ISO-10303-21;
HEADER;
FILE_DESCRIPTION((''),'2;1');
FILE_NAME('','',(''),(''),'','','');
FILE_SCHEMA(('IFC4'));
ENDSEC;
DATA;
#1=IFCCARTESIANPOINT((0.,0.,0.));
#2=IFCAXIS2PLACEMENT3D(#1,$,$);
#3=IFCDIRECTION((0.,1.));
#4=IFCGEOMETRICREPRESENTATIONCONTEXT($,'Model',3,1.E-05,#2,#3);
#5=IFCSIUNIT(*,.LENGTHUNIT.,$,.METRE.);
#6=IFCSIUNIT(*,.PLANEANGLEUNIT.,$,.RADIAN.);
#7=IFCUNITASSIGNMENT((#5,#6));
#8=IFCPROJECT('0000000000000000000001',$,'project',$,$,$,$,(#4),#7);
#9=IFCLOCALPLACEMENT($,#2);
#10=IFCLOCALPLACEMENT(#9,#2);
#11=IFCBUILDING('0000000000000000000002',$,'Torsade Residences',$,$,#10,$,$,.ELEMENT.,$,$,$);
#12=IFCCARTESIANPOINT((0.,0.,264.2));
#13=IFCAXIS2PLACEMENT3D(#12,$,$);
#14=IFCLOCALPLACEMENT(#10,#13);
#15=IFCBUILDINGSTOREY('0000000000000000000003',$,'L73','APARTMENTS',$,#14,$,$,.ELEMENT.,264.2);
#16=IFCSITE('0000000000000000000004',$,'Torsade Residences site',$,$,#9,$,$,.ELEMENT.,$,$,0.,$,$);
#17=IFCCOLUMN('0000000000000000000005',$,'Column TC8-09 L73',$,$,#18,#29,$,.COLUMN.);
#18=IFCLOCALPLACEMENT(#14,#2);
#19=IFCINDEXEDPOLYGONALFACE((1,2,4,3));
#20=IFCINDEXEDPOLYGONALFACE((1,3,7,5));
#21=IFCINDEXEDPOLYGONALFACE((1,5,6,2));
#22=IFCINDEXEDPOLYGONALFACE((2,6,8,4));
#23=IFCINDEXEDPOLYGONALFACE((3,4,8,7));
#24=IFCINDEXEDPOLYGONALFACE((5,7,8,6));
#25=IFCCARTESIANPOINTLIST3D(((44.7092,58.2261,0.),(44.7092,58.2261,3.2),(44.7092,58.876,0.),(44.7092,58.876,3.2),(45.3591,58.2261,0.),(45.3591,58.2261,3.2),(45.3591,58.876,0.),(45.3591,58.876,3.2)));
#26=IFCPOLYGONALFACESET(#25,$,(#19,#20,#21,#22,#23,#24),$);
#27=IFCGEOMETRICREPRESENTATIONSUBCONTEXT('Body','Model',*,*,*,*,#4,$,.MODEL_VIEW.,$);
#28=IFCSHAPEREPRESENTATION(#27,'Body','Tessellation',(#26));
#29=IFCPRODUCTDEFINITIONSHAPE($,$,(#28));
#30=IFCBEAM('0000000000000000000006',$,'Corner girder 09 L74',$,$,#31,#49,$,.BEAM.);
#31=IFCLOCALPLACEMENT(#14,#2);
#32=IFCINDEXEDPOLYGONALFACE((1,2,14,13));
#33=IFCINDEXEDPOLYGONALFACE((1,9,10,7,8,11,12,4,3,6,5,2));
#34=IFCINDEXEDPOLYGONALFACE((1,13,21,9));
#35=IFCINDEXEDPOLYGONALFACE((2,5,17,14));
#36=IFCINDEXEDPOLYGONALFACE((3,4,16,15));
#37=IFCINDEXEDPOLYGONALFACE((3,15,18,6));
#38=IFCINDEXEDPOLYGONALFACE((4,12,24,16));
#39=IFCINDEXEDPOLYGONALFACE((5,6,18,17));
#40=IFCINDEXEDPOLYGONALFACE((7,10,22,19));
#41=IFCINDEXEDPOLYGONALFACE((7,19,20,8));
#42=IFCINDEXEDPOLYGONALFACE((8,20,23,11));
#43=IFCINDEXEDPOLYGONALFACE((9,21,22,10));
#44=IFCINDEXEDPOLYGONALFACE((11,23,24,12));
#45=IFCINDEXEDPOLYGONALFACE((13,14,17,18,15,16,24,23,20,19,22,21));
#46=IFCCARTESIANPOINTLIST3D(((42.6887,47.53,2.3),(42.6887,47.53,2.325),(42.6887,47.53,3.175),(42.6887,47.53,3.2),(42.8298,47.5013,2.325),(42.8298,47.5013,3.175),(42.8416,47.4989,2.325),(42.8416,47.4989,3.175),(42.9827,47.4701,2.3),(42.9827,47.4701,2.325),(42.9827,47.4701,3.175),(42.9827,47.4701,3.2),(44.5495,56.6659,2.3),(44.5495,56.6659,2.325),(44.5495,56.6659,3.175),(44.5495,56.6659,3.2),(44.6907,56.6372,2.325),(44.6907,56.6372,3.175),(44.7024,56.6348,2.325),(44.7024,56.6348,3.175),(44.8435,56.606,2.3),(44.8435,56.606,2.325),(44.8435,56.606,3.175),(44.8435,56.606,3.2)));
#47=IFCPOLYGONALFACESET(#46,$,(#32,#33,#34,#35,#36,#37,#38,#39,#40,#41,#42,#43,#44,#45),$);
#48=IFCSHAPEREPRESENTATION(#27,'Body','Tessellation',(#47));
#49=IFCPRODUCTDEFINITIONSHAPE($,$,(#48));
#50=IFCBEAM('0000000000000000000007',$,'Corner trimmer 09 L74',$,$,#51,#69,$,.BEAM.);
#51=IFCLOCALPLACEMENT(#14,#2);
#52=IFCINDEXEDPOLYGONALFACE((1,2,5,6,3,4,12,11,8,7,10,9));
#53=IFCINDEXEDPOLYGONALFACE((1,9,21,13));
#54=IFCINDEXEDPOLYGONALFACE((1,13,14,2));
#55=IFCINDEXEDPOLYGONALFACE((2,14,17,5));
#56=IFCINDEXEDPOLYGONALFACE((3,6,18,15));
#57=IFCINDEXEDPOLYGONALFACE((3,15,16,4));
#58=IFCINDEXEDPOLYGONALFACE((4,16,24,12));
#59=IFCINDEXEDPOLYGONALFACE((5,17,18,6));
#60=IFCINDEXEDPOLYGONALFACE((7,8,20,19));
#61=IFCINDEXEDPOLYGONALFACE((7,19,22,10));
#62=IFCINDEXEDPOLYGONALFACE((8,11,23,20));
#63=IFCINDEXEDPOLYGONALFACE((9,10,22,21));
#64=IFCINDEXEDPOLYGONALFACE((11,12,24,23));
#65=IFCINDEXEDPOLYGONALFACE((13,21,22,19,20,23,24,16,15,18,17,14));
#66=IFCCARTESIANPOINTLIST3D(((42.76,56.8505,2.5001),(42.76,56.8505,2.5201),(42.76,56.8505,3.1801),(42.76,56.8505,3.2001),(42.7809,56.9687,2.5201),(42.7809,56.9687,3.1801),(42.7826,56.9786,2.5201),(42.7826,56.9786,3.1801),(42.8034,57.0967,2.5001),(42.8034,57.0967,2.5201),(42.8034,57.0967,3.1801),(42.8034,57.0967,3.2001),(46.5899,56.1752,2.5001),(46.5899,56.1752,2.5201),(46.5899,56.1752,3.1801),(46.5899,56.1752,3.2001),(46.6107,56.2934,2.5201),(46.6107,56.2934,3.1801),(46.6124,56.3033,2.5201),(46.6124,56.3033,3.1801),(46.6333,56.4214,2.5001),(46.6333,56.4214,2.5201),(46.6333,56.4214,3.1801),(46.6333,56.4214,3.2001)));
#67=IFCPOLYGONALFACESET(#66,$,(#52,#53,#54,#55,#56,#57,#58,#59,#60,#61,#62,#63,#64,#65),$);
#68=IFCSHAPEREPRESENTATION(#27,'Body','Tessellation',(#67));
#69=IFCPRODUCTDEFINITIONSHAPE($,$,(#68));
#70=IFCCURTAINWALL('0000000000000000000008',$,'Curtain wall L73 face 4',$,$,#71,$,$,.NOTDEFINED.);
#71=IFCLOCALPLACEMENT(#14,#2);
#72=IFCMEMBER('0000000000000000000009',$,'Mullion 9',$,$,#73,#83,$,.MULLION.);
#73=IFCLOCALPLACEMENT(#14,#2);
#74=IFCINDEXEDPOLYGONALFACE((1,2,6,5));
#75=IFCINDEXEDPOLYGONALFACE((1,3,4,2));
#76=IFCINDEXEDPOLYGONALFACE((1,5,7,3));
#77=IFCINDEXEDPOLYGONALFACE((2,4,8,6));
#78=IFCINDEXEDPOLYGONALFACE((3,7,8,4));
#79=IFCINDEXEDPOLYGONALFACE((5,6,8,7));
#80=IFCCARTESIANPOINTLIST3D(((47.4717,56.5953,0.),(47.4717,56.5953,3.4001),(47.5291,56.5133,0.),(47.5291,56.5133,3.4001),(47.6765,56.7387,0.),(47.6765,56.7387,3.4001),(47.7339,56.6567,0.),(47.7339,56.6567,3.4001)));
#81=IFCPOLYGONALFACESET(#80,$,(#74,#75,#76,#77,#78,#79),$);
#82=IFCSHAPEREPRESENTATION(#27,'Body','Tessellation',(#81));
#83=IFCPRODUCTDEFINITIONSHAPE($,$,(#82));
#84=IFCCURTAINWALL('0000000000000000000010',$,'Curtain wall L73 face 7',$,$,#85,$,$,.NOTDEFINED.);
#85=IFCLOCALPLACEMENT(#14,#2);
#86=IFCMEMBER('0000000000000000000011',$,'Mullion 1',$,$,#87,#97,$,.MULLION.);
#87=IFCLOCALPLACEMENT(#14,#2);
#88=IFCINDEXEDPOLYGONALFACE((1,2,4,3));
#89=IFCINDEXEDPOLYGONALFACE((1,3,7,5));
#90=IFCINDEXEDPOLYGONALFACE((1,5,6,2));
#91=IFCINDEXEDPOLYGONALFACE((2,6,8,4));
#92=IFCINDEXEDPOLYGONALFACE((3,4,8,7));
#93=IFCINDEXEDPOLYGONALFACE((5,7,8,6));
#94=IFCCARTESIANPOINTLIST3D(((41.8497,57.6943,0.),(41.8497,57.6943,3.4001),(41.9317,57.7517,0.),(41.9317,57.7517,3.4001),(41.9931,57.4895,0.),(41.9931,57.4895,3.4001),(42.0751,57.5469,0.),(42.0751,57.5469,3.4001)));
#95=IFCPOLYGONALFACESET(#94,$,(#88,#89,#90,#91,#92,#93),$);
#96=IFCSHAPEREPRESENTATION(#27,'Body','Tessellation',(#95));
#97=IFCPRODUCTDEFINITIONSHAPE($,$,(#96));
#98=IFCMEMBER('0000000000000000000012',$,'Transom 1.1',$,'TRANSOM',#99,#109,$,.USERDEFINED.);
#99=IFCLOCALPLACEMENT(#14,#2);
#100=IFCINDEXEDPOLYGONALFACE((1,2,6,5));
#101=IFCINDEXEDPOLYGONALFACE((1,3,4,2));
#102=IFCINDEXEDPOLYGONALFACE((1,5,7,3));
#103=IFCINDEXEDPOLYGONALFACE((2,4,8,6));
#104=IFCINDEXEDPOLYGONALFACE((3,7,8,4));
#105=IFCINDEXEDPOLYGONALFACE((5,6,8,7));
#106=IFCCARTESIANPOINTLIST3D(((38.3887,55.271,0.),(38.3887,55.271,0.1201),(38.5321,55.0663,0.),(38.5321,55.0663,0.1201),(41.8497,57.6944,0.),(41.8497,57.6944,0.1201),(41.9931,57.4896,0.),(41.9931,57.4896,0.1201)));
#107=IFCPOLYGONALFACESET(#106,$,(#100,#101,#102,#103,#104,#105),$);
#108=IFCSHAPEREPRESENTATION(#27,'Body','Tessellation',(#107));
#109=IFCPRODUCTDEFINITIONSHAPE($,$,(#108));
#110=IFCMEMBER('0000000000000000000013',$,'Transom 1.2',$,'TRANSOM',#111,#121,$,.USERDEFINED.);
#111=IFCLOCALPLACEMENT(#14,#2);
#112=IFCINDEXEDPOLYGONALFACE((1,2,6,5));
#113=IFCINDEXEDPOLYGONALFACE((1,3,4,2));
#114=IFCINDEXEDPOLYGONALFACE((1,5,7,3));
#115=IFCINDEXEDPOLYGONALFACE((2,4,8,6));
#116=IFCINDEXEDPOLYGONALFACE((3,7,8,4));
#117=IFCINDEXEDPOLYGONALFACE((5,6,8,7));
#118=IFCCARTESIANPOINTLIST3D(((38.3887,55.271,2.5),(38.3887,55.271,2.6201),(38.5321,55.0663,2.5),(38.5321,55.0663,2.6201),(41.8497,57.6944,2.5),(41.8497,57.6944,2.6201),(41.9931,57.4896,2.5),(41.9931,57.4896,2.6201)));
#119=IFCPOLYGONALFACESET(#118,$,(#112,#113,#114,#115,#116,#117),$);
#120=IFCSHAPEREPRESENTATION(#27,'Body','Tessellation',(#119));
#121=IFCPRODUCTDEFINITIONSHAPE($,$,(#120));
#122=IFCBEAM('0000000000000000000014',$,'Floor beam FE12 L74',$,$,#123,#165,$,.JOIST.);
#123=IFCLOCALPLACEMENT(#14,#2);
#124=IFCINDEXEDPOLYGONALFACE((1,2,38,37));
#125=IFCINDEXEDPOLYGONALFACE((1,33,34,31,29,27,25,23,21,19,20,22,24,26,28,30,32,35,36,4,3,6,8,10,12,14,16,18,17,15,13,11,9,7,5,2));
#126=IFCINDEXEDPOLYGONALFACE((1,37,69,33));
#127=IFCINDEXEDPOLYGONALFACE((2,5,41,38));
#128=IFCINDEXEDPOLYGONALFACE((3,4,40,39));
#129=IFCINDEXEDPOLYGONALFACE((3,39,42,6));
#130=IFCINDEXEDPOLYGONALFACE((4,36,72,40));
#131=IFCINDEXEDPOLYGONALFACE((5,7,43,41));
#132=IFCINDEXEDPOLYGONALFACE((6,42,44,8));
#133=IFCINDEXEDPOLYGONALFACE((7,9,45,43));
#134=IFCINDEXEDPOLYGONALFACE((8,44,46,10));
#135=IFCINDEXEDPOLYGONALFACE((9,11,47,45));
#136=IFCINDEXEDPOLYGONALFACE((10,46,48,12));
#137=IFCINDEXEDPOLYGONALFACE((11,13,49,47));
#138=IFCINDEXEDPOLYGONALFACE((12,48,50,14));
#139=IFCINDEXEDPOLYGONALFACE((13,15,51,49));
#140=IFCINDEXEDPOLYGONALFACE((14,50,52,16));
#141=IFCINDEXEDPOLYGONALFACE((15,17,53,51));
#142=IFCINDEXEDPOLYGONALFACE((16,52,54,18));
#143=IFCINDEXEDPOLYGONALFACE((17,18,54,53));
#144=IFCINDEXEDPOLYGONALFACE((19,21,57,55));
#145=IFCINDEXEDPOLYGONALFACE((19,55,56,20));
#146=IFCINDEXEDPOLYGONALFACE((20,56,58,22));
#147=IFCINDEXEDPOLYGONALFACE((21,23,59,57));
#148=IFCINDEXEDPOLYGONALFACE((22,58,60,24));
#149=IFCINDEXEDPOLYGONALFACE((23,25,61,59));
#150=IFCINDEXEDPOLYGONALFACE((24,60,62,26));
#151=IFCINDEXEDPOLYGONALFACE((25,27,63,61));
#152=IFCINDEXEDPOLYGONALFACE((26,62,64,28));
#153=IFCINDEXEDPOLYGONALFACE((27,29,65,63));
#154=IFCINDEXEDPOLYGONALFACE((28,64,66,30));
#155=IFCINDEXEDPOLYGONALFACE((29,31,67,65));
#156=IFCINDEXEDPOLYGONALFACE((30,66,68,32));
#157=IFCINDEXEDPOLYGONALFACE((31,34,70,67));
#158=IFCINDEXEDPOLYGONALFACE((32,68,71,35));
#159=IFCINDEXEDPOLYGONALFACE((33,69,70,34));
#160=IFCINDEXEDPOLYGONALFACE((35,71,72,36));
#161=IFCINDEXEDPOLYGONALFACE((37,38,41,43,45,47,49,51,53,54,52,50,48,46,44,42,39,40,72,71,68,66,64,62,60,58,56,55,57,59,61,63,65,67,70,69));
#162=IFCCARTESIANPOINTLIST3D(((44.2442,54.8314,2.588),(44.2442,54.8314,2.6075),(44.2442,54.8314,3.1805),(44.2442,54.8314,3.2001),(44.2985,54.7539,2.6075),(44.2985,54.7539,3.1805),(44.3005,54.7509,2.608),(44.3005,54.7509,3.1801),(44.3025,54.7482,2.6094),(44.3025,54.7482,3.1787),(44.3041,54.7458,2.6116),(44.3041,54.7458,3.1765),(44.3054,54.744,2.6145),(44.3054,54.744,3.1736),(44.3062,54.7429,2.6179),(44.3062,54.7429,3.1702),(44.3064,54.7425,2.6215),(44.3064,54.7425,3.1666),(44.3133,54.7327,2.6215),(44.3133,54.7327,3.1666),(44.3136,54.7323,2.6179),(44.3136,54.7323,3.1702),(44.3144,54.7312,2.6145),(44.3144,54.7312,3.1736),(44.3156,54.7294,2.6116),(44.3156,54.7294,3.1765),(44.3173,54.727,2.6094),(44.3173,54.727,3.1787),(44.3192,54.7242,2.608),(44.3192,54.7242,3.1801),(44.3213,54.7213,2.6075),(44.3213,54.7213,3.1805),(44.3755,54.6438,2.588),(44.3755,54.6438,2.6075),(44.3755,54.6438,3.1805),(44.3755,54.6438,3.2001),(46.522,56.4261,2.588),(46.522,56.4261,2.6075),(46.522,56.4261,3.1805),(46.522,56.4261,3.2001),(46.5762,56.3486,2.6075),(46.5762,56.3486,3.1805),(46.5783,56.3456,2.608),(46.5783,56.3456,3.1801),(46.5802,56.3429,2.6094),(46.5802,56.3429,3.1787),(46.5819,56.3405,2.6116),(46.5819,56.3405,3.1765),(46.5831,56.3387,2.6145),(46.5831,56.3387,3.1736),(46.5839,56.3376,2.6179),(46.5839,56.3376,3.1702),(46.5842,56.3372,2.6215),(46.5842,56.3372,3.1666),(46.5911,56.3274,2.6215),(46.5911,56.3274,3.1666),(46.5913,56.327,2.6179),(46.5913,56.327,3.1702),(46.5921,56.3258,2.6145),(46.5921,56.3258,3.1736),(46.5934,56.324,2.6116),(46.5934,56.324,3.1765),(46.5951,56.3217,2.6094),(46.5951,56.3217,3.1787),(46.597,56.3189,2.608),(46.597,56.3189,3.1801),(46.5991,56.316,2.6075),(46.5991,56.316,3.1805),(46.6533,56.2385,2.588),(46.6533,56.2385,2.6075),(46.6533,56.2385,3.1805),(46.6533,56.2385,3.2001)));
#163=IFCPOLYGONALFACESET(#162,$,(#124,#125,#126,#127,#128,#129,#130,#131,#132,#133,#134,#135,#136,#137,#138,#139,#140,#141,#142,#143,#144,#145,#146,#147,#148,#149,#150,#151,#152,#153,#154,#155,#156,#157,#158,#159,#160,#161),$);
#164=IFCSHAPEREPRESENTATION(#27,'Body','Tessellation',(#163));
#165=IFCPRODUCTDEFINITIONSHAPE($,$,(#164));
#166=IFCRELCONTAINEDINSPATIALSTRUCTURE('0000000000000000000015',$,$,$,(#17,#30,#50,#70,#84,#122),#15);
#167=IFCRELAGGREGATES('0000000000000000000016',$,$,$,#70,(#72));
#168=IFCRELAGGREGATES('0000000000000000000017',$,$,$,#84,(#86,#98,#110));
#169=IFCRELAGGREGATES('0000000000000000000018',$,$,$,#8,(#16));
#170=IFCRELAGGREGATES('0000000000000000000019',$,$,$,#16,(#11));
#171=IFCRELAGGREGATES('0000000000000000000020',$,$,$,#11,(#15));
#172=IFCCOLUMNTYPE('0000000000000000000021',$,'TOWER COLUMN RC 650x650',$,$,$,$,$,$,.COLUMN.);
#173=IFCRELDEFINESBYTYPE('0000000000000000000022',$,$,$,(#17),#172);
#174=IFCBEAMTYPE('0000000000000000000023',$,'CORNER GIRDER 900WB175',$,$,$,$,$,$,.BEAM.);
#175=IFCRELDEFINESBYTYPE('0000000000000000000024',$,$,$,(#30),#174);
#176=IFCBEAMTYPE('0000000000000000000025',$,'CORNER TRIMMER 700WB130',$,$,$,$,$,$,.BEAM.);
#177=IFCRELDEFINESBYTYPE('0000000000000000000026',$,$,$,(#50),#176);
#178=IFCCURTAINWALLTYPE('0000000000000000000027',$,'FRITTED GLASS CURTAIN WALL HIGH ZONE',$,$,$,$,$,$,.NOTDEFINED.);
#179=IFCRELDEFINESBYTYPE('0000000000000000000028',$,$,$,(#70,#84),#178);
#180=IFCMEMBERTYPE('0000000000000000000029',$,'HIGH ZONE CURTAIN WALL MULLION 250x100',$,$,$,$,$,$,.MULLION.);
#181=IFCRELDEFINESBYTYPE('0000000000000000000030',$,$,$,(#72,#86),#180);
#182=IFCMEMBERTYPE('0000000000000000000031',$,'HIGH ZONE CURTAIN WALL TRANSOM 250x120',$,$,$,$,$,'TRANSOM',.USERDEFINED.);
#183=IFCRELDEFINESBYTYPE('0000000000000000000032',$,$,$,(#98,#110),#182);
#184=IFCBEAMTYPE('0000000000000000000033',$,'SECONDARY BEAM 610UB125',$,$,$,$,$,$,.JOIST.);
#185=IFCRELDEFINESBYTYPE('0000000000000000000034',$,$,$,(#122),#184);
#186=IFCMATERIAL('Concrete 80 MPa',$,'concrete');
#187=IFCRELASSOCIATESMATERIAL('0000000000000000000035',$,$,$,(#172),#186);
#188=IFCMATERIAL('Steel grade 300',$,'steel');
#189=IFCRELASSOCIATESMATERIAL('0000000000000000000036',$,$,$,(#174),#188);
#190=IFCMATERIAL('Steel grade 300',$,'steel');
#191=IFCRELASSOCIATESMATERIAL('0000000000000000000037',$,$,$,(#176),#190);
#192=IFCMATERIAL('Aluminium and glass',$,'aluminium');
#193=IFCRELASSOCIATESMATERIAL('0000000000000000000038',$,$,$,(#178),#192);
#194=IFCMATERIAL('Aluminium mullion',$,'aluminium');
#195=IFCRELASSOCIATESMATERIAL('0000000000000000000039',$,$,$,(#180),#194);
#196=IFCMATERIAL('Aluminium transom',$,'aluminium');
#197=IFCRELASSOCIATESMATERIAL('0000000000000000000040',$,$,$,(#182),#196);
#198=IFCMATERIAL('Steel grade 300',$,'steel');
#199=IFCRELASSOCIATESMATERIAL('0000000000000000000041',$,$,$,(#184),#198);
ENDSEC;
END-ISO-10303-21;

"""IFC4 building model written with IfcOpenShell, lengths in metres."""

from ifc_helpers import new_model, si_unit, direction, frame, origin, origin_2d, place, context, subcontext, project, spatial, rectangle, i_section, extrude, material, material_profile, profile_set, type_object, element, aggregate, save


model = new_model("IFC4")

# Units and contexts
model_context = context("Model", 3, precision=1e-05, world=origin(), true_north=direction((0.0, 1.0)))
body_context = subcontext(model_context, "Body", "Model", "MODEL_VIEW")
ifc_project = project(units=[si_unit("LENGTHUNIT", "METRE"), si_unit("PLANEANGLEUNIT", "RADIAN")], contexts=[model_context])

# Site, building, storey
site_placement = place(None, origin())
site = spatial("IfcSite", under=ifc_project, at=site_placement, Name="Torsade Residences site", CompositionType="ELEMENT", RefElevation=0.0)
building_placement = place(site_placement, origin())
building = spatial("IfcBuilding", under=site, at=building_placement, Name="Torsade Residences", CompositionType="ELEMENT")
storey_placement = place(building_placement, frame((0.0, 0.0, 264.2)))
storey = spatial("IfcBuildingStorey", under=building, at=storey_placement, Name="L73", Description="APARTMENTS", CompositionType="ELEMENT", Elevation=264.2)

# Column
ifc_material_1 = material(Name="Concrete 80 MPa", Category="concrete")
ifc_material_profile_1 = material_profile(ifc_material_1, rectangle(XDim=0.6499, YDim=0.6499, at=origin_2d()), Name="RC 650x650")
ifc_profile_set_1 = profile_set([ifc_material_profile_1], Name="Concrete 80 MPa")
column_type = type_object("IfcColumnType", Name="TOWER COLUMN RC 650x650", PredefinedType="COLUMN", material=ifc_profile_set_1)
column_placement = place(storey_placement, frame((45.0342, 58.551, 0.0), z_axis=(0.0, 0.0, 1.0), x_axis=(1.0, 0.0, 0.0)))
element("IfcColumn", 1, at=column_placement, inside=storey, type_object=column_type, Name="Column TC8-09 L73", PredefinedType="COLUMN", context=body_context, shape_type="SweptSolid", body=[
    extrude(rectangle(XDim=0.6499, YDim=0.6499, at=origin_2d()), origin(), (0.0, 0.0, 1.0), 3.2),
])

# Beams
ifc_material_2 = material(Name="Steel grade 300", Category="steel")
ifc_material_profile_2 = material_profile(ifc_material_2, i_section(OverallWidth=0.3, OverallDepth=0.8999, WebThickness=0.012, FlangeThickness=0.0249, at=origin_2d()), Name="900WB175")
ifc_profile_set_2 = profile_set([ifc_material_profile_2], Name="Steel grade 300")
beam_type_1 = type_object("IfcBeamType", Name="CORNER GIRDER 900WB175", PredefinedType="BEAM", material=ifc_profile_set_2)
beam_1_placement = place(storey_placement, frame((44.6965, 56.636, 2.75), z_axis=(-0.199584, -0.979881, 0.0), x_axis=(0.979881, -0.199584, 0.0)))
element("IfcBeam", 2, at=beam_1_placement, inside=storey, type_object=beam_type_1, Name="Corner girder 09 L74", PredefinedType="BEAM", context=body_context, shape_type="SweptSolid", body=[
    extrude(i_section(OverallWidth=0.3, OverallDepth=0.8999, WebThickness=0.012, FlangeThickness=0.0249, at=origin_2d()), origin(), (0.0, 0.0, 1.0), 9.3235),
])
ifc_material_3 = material(Name="Steel grade 300", Category="steel")
ifc_material_profile_3 = material_profile(ifc_material_3, i_section(OverallWidth=0.25, OverallDepth=0.7, WebThickness=0.01, FlangeThickness=0.02, at=origin_2d()), Name="700WB130")
ifc_profile_set_3 = profile_set([ifc_material_profile_3], Name="Steel grade 300")
beam_type_2 = type_object("IfcBeamType", Name="CORNER TRIMMER 700WB130", PredefinedType="BEAM", material=ifc_profile_set_3)
beam_2_placement = place(storey_placement, frame((42.7817, 56.9736, 2.8501), z_axis=(0.984808, -0.173646, 0.0), x_axis=(0.173646, 0.984808, 0.0)))
element("IfcBeam", 3, at=beam_2_placement, inside=storey, type_object=beam_type_2, Name="Corner trimmer 09 L74", PredefinedType="BEAM", context=body_context, shape_type="SweptSolid", body=[
    extrude(i_section(OverallWidth=0.25, OverallDepth=0.7, WebThickness=0.01, FlangeThickness=0.02, at=origin_2d()), origin(), (0.0, 0.0, 1.0), 3.8889),
])

# Curtain wall, member
ifc_material_4 = material(Name="Aluminium and glass", Category="aluminium")
curtain_wall_type = type_object("IfcCurtainWallType", Name="FRITTED GLASS CURTAIN WALL HIGH ZONE", PredefinedType="NOTDEFINED", material=ifc_material_4)
curtain_wall_1_placement = place(storey_placement, origin())
curtain_wall_1 = element("IfcCurtainWall", 4, at=curtain_wall_1_placement, inside=storey, type_object=curtain_wall_type, Name="Curtain wall L73 face 4", PredefinedType="NOTDEFINED")
ifc_material_5 = material(Name="Aluminium mullion", Category="aluminium")
ifc_material_profile_4 = material_profile(ifc_material_5, rectangle(XDim=0.25, YDim=0.1001, at=origin_2d()), Name="HIGH ZONE CURTAIN WALL MULLION 250x100")
ifc_profile_set_4 = profile_set([ifc_material_profile_4], Name="Aluminium mullion")
member_type_1 = type_object("IfcMemberType", Name="HIGH ZONE CURTAIN WALL MULLION 250x100", PredefinedType="MULLION", material=ifc_profile_set_4)
member_1_placement = place(storey_placement, frame((47.6028, 56.626, 0.0), z_axis=(0.0, 0.0, 1.0), x_axis=(-0.819152, -0.573576, 0.0)))
member_1 = element("IfcMember", 5, at=member_1_placement, type_object=member_type_1, Name="Mullion 9", PredefinedType="MULLION", context=body_context, shape_type="SweptSolid", body=[
    extrude(rectangle(XDim=0.25, YDim=0.1001, at=origin_2d()), origin(), (0.0, 0.0, 1.0), 3.4001),
])
aggregate(curtain_wall_1, [member_1])

# Curtain wall, members
curtain_wall_2_placement = place(storey_placement, origin())
curtain_wall_2 = element("IfcCurtainWall", 6, at=curtain_wall_2_placement, inside=storey, type_object=curtain_wall_type, Name="Curtain wall L73 face 7", PredefinedType="NOTDEFINED")
member_2_placement = place(storey_placement, frame((41.9624, 57.6206, 0.0), z_axis=(0.0, 0.0, 1.0), x_axis=(0.573576, -0.819152, 0.0)))
member_2 = element("IfcMember", 7, at=member_2_placement, type_object=member_type_1, Name="Mullion 1", PredefinedType="MULLION", context=body_context, shape_type="SweptSolid", body=[
    extrude(rectangle(XDim=0.25, YDim=0.1001, at=origin_2d()), origin(), (0.0, 0.0, 1.0), 3.4001),
])
ifc_material_6 = material(Name="Aluminium transom", Category="aluminium")
ifc_material_profile_5 = material_profile(ifc_material_6, rectangle(XDim=0.25, YDim=0.1201, at=origin_2d()), Name="HIGH ZONE CURTAIN WALL TRANSOM 250x120")
ifc_profile_set_5 = profile_set([ifc_material_profile_5], Name="Aluminium transom")
member_type_2 = type_object("IfcMemberType", Name="HIGH ZONE CURTAIN WALL TRANSOM 250x120", ElementType="TRANSOM", PredefinedType="USERDEFINED", material=ifc_profile_set_5)
member_3_placement = place(storey_placement, frame((41.9214, 57.592, 0.0601), z_axis=(-0.819156, -0.573571, 0.0), x_axis=(0.573571, -0.819156, 0.0)))
member_3 = element("IfcMember", 8, at=member_3_placement, type_object=member_type_2, Name="Transom 1.1", ObjectType="TRANSOM", PredefinedType="USERDEFINED", context=body_context, shape_type="SweptSolid", body=[
    extrude(rectangle(XDim=0.25, YDim=0.1201, at=origin_2d()), origin(), (0.0, 0.0, 1.0), 4.2251),
])
member_4_placement = place(storey_placement, frame((41.9214, 57.592, 2.5601), z_axis=(-0.819156, -0.573571, 0.0), x_axis=(0.573571, -0.819156, 0.0)))
member_4 = element("IfcMember", 9, at=member_4_placement, type_object=member_type_2, Name="Transom 1.2", ObjectType="TRANSOM", PredefinedType="USERDEFINED", context=body_context, shape_type="SweptSolid", body=[
    extrude(rectangle(XDim=0.25, YDim=0.1201, at=origin_2d()), origin(), (0.0, 0.0, 1.0), 4.2251),
])

# Beam
ifc_material_7 = material(Name="Steel grade 300", Category="steel")
ifc_material_profile_6 = material_profile(ifc_material_7, i_section(OverallWidth=0.229, OverallDepth=0.6121, WebThickness=0.012, FlangeThickness=0.0195, FilletRadius=0.0139, at=origin_2d()), Name="610UB125")
ifc_profile_set_6 = profile_set([ifc_material_profile_6], Name="Steel grade 300")
beam_type_3 = type_object("IfcBeamType", Name="SECONDARY BEAM 610UB125", PredefinedType="JOIST", material=ifc_profile_set_6)
beam_3_placement = place(storey_placement, frame((46.5876, 56.3323, 2.894), z_axis=(-0.819191, -0.573521, 0.0), x_axis=(0.573521, -0.819191, 0.0)))
element("IfcBeam", 10, at=beam_3_placement, inside=storey, type_object=beam_type_3, Name="Floor beam FE12 L74", PredefinedType="JOIST", context=body_context, shape_type="SweptSolid", body=[
    extrude(i_section(OverallWidth=0.229, OverallDepth=0.6121, WebThickness=0.012, FlangeThickness=0.0195, FilletRadius=0.0139, at=origin_2d()), origin(), (0.0, 0.0, 1.0), 2.7805),
])

aggregate(curtain_wall_2, [member_2, member_3, member_4])

save(model, "model.ifc")
